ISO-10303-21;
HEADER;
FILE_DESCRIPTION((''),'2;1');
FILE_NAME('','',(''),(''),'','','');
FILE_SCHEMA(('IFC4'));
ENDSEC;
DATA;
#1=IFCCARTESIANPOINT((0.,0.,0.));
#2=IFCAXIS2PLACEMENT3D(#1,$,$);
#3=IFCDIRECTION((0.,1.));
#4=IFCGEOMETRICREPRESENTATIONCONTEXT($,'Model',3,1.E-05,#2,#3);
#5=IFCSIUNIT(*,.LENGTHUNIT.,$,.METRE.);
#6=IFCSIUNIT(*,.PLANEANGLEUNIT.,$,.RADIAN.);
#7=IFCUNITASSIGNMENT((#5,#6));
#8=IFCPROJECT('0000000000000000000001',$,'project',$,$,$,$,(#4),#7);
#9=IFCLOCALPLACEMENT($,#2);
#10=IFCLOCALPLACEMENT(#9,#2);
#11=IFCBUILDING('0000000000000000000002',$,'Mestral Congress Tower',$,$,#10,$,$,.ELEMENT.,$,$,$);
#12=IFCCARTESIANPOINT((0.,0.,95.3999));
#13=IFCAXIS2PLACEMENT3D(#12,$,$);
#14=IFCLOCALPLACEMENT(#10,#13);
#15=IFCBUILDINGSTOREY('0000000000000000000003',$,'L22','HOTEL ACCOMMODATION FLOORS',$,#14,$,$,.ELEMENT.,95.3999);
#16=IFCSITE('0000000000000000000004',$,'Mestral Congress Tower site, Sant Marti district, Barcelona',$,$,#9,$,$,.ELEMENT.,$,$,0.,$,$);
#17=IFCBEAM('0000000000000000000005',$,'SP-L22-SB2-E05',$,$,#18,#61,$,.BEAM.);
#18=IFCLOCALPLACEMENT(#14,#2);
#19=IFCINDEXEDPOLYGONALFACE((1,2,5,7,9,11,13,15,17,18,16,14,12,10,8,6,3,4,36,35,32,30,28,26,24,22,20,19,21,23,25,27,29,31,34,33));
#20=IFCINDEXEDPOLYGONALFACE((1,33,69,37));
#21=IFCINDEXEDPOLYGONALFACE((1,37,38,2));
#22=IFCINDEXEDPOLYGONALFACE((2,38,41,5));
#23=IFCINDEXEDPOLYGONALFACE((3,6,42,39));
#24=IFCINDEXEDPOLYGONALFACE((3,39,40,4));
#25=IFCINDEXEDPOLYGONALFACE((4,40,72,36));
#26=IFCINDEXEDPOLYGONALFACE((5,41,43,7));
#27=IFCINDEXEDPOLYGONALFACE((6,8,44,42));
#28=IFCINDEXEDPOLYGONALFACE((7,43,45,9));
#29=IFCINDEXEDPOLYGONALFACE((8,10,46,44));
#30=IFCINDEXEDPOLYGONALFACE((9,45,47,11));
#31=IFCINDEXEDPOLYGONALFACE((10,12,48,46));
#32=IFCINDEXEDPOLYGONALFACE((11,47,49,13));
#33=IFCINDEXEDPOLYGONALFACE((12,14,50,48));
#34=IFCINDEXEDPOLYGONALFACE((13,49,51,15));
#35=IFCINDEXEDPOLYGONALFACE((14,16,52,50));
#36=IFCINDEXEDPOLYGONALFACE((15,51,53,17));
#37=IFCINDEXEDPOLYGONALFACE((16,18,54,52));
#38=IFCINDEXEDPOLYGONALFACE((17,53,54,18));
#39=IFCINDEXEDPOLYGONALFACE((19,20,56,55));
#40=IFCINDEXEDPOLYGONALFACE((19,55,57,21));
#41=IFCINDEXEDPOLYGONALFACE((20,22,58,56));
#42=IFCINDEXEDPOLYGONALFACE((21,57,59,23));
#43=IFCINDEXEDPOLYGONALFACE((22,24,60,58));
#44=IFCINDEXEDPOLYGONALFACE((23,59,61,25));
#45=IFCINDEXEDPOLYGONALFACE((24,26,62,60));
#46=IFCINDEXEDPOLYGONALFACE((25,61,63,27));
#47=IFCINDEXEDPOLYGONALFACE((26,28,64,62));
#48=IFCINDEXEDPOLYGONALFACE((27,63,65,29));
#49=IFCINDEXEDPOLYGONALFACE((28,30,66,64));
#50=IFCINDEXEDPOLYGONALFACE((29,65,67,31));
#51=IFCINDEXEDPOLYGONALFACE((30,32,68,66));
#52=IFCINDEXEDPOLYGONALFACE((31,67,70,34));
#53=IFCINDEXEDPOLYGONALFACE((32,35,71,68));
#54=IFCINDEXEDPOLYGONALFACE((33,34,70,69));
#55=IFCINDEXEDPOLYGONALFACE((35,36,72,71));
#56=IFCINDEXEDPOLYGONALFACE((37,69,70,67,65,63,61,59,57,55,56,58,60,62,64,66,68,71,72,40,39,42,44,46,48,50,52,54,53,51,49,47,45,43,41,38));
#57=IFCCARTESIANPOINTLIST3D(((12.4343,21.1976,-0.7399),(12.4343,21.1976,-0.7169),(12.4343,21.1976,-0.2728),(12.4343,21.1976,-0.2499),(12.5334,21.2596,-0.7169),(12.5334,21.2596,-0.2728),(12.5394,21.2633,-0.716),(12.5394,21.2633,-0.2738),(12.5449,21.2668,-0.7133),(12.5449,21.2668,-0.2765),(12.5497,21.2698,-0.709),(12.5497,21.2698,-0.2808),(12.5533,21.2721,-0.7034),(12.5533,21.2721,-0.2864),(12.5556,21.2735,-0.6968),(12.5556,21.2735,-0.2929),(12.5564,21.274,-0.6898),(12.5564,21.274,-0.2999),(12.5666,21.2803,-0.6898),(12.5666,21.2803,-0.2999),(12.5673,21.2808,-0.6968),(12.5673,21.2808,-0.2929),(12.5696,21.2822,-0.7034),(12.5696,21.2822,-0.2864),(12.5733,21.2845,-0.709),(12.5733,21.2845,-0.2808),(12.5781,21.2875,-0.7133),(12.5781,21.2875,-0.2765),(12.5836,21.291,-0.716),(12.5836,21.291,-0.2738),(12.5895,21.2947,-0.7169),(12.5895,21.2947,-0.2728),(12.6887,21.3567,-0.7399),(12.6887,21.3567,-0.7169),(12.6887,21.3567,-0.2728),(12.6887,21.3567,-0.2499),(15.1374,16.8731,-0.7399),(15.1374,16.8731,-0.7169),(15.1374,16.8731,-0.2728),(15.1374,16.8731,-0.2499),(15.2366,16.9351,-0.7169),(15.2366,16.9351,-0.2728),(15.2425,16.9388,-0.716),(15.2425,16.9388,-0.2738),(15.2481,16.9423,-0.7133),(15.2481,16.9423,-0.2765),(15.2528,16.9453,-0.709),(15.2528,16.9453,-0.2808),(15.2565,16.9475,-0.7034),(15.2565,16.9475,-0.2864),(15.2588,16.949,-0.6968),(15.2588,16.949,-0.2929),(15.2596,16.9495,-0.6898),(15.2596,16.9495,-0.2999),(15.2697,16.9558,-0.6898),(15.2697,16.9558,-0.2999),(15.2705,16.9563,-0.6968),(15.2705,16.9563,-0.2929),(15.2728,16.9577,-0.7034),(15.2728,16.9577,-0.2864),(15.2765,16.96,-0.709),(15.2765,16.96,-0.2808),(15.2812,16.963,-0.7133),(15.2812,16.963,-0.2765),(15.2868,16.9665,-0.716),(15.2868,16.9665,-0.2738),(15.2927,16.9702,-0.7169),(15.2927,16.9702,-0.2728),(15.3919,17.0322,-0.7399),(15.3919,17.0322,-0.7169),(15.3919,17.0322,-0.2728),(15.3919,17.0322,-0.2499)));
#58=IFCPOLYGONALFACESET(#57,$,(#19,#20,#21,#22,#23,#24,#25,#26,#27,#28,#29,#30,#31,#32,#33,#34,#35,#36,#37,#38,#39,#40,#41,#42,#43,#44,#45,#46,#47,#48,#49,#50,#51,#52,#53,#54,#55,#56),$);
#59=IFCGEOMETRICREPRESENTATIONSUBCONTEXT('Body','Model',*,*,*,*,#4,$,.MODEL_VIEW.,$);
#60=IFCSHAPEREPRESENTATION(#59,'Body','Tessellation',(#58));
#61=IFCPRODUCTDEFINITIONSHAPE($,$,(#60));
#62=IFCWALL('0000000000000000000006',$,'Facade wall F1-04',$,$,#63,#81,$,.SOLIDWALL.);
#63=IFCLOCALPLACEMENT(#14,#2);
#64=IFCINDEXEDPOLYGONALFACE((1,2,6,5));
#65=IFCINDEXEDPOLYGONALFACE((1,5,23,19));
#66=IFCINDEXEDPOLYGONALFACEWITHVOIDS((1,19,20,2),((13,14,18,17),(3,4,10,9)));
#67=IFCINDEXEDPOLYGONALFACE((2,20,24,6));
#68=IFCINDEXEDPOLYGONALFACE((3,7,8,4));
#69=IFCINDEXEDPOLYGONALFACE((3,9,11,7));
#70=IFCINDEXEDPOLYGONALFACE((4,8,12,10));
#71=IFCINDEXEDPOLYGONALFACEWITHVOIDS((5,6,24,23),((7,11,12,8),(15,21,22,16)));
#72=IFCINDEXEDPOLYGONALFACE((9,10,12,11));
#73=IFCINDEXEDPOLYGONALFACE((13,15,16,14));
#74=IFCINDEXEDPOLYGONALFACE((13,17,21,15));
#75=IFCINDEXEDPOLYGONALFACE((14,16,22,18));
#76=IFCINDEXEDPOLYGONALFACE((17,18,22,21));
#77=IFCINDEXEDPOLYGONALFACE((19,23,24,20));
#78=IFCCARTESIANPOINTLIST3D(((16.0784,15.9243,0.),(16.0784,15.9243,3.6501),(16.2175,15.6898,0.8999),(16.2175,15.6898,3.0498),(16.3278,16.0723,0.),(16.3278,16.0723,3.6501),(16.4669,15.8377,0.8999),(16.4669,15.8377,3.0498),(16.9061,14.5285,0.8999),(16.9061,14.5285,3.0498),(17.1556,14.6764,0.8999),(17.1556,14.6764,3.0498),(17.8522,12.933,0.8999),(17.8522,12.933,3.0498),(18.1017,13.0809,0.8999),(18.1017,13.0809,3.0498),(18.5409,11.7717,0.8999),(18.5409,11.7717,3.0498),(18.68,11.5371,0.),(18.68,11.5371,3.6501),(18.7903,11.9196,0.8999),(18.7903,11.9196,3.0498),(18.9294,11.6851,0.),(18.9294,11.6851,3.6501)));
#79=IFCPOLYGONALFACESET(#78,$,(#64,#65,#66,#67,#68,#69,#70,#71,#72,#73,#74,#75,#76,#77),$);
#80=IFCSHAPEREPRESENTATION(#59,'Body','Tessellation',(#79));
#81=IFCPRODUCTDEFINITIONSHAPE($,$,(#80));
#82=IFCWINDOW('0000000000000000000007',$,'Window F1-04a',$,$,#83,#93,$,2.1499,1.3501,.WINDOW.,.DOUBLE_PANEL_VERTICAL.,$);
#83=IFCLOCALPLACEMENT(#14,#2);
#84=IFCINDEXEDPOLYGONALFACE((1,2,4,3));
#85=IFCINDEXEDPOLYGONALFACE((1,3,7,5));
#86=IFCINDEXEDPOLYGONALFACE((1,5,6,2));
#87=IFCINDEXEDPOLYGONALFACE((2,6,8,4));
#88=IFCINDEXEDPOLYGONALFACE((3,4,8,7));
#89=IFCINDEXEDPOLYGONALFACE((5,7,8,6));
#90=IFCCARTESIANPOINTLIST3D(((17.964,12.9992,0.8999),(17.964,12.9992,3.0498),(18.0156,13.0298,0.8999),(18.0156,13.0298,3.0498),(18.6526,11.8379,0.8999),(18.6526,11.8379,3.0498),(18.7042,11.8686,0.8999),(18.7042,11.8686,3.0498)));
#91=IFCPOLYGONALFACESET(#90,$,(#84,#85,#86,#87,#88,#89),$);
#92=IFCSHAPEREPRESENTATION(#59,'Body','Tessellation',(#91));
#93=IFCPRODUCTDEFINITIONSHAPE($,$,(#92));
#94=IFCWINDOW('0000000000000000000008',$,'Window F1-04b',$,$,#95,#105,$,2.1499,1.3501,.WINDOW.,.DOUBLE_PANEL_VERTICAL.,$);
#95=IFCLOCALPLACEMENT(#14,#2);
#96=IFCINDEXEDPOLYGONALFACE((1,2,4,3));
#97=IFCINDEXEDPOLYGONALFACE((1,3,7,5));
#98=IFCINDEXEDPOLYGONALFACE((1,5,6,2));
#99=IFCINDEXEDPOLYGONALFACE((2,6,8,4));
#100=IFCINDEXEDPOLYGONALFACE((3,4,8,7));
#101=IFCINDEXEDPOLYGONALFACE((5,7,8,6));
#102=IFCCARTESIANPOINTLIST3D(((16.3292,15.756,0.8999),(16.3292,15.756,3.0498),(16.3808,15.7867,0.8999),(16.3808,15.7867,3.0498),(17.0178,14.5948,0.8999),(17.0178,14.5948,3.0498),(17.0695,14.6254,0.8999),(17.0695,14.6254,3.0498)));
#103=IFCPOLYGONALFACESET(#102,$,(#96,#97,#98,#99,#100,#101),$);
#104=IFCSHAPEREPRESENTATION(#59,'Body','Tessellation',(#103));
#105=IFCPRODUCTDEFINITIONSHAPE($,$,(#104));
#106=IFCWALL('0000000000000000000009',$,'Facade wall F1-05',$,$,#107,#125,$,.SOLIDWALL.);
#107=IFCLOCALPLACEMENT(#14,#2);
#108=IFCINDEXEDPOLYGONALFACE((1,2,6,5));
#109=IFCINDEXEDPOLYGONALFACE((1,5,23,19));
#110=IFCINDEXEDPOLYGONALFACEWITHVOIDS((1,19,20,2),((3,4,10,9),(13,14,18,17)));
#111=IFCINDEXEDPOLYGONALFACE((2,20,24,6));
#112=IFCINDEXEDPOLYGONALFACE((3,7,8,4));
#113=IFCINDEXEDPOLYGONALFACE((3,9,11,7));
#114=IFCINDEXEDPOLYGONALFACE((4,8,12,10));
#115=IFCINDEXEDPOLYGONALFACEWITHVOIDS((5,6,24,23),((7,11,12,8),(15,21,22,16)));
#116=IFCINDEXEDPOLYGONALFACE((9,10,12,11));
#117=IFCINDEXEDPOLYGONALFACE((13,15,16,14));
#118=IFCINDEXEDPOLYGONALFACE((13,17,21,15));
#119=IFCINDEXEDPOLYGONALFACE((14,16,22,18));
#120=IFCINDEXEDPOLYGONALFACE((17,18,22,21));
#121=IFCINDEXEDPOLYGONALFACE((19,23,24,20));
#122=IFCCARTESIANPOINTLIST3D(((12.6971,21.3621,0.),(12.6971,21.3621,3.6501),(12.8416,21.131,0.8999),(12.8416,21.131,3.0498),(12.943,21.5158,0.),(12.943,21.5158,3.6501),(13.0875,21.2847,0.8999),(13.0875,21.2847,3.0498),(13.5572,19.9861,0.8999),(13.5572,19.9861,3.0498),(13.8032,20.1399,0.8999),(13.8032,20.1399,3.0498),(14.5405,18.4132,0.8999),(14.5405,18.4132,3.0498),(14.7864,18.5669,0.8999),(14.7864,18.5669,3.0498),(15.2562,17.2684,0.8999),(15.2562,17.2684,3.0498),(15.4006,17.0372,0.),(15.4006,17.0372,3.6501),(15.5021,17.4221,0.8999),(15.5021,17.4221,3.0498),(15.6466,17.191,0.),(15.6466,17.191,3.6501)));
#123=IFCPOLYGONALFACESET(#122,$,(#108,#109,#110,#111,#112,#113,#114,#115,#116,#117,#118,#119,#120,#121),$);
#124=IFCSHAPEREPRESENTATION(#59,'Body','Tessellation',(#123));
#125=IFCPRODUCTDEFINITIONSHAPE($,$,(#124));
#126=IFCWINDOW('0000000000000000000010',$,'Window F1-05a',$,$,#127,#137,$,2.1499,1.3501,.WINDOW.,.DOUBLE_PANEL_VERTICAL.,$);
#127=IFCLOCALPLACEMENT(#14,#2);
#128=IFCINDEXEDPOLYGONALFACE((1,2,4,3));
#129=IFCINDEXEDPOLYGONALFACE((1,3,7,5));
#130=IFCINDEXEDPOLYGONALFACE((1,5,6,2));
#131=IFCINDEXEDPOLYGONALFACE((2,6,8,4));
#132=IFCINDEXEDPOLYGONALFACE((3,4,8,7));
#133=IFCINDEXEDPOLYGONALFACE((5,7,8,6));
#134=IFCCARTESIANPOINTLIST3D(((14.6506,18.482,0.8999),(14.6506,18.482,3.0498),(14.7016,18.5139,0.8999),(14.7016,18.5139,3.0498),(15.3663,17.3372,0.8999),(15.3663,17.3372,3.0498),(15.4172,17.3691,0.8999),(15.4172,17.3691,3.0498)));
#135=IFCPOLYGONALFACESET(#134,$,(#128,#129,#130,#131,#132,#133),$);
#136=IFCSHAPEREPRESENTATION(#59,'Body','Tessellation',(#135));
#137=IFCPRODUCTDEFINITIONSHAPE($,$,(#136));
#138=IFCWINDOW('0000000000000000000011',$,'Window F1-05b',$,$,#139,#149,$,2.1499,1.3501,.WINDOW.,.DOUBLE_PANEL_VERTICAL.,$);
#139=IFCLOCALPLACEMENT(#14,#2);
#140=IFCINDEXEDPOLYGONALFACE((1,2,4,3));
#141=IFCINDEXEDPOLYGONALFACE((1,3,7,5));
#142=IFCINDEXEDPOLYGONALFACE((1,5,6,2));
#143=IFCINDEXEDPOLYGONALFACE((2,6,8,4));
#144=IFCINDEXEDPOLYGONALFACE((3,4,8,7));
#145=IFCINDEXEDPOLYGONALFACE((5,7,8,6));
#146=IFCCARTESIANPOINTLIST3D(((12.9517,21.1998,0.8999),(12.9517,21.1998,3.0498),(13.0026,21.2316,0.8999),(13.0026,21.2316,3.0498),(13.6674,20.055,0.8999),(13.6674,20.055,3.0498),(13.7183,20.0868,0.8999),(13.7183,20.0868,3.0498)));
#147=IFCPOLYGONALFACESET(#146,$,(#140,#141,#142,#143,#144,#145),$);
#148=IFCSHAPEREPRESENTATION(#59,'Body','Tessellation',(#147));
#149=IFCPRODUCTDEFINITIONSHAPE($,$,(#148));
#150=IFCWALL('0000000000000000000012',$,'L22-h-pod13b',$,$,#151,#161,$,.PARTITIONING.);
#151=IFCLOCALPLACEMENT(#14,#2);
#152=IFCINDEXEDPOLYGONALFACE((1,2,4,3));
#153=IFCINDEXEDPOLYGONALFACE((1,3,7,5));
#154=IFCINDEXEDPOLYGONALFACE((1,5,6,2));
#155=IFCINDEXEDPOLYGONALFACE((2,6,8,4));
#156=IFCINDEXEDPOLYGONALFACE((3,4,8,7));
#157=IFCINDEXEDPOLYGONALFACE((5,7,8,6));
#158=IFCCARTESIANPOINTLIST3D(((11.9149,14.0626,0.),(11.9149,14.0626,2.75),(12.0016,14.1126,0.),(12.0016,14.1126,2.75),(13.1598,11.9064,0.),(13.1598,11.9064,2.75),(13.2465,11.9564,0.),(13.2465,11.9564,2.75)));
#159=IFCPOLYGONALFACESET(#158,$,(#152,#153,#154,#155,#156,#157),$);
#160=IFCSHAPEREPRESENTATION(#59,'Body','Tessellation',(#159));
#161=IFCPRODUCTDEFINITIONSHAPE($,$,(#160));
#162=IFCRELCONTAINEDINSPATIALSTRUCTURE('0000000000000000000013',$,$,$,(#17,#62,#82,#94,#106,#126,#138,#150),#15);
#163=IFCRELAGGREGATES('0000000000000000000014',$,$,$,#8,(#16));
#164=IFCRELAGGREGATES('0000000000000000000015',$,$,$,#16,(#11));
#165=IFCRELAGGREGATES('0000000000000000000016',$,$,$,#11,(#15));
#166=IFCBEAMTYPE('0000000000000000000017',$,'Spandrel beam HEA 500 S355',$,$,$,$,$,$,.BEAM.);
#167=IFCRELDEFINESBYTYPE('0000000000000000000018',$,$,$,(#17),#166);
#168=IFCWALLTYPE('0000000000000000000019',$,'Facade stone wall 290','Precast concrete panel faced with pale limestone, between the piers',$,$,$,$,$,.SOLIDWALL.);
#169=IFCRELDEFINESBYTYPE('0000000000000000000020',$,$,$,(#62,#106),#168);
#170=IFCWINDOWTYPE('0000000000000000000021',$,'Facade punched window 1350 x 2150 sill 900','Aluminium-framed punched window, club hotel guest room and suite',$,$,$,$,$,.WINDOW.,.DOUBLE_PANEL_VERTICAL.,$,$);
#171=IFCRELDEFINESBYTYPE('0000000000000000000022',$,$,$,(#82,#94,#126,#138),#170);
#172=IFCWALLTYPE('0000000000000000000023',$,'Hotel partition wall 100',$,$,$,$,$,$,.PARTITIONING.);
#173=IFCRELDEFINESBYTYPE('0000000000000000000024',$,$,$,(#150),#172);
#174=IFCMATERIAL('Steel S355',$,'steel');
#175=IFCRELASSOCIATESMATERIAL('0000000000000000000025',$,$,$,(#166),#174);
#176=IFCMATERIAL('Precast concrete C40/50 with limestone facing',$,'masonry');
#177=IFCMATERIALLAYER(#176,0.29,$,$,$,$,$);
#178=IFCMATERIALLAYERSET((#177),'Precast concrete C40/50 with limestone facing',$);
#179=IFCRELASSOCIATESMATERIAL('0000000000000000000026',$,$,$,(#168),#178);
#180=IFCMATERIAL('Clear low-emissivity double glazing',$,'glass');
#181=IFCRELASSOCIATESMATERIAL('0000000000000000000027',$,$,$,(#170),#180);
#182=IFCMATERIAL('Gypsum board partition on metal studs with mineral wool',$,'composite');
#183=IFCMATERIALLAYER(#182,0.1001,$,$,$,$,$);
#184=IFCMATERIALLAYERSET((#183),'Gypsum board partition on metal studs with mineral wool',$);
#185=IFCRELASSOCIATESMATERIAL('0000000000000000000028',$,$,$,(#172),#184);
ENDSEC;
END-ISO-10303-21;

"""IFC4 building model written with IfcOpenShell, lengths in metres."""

from ifc_helpers import new_model, si_unit, direction, frame, frame_2d, origin, origin_2d, place, context, subcontext, project, spatial, rectangle, i_section, extrude, material, layer, layer_set, material_profile, profile_set, type_object, element, fill, save


model = new_model("IFC4")

# Units and contexts
model_context = context("Model", 3, precision=1e-05, world=origin(), true_north=direction((0.0, 1.0)))
body_context = subcontext(model_context, "Body", "Model", "MODEL_VIEW")
ifc_project = project(units=[si_unit("LENGTHUNIT", "METRE"), si_unit("PLANEANGLEUNIT", "RADIAN")], contexts=[model_context])

# Site, building, storey
site_placement = place(None, origin())
site = spatial("IfcSite", under=ifc_project, at=site_placement, Name="Mestral Congress Tower site, Sant Marti district, Barcelona", CompositionType="ELEMENT", RefElevation=0.0)
building_placement = place(site_placement, origin())
building = spatial("IfcBuilding", under=site, at=building_placement, Name="Mestral Congress Tower", CompositionType="ELEMENT")
storey_placement = place(building_placement, frame((0.0, 0.0, 95.3999)))
storey = spatial("IfcBuildingStorey", under=building, at=storey_placement, Name="L22", Description="HOTEL ACCOMMODATION FLOORS", CompositionType="ELEMENT", Elevation=95.3999)

# Beam
ifc_material_1 = material(Name="Steel S355", Category="steel")
ifc_material_profile_1 = material_profile(ifc_material_1, i_section(OverallWidth=0.3, OverallDepth=0.49, WebThickness=0.012, FlangeThickness=0.0229, FilletRadius=0.0271, at=origin_2d()), Name="HEA 500")
ifc_profile_set_1 = profile_set([ifc_material_profile_1], Name="Steel S355")
beam_type_1 = type_object("IfcBeamType", Name="Spandrel beam HEA 500 S355", PredefinedType="BEAM", material=ifc_profile_set_1)
for number, where, z_axis, x_axis, name in (
    (1, (15.2646, 16.9526, -0.4949), (-0.530046, 0.847969, 0.0), (-0.847969, -0.530046, 0.0), "SP-L22-SB2-E05"),
):
    element("IfcBeam", number, at=place(storey_placement, frame(where, z_axis=z_axis, x_axis=x_axis)), inside=storey, type_object=beam_type_1, Name=name, PredefinedType="BEAM", context=body_context, shape_type="SweptSolid", body=[
        extrude(i_section(OverallWidth=0.3, OverallDepth=0.49, WebThickness=0.012, FlangeThickness=0.0229, FilletRadius=0.0271, at=origin_2d()), origin(), (0.0, 0.0, 1.0), 5.0999),
    ])

# Walls, openings, windows
ifc_material_2 = material(Name="Precast concrete C40/50 with limestone facing", Category="masonry")
ifc_layer_1 = layer(ifc_material_2, 0.29)
ifc_layer_set_1 = layer_set([ifc_layer_1], Name="Precast concrete C40/50 with limestone facing")
wall_type_1 = type_object("IfcWallType", Name="Facade stone wall 290", Description="Precast concrete panel faced with pale limestone, between the piers", PredefinedType="SOLIDWALL", material=ifc_layer_set_1)
wall_1_placement = place(storey_placement, frame((18.8047, 11.6111, 0.0), z_axis=(0.0, 0.0, 1.0), x_axis=(-0.510054, 0.860142, 0.0)))
wall_1 = element("IfcWall", 2, at=wall_1_placement, inside=storey, type_object=wall_type_1, Name="Facade wall F1-04", PredefinedType="SOLIDWALL", context=body_context, shape_type="SweptSolid", body=[
    extrude(rectangle(XDim=5.1006, YDim=0.29, at=frame_2d((2.5503, 0.0))), origin(), (0.0, 0.0, 1.0), 3.6501),
])
opening_1_placement = place(wall_1_placement, frame((0.2727, 0.0, 0.8999)))
opening_1 = element("IfcOpeningElement", 3, at=opening_1_placement, cuts=wall_1, PredefinedType="OPENING", context=body_context, shape_type="SweptSolid", body=[
    extrude(rectangle(XDim=1.3501, YDim=2.1499, at=frame_2d((0.675, 1.075))), frame((0.0, 0.155, 0.0), z_axis=(0.0, -1.0, 0.0), x_axis=(1.0, 0.0, 0.0)), (0.0, 0.0, 1.0), 0.3101),
])
opening_2_placement = place(wall_1_placement, frame((3.4778, 0.0, 0.8999)))
opening_2 = element("IfcOpeningElement", 4, at=opening_2_placement, cuts=wall_1, PredefinedType="OPENING", context=body_context, shape_type="SweptSolid", body=[
    extrude(rectangle(XDim=1.3501, YDim=2.1499, at=frame_2d((0.675, 1.075))), frame((0.0, 0.155, 0.0), z_axis=(0.0, -1.0, 0.0), x_axis=(1.0, 0.0, 0.0)), (0.0, 0.0, 1.0), 0.3101),
])
ifc_material_3 = material(Name="Clear low-emissivity double glazing", Category="glass")
window_type = type_object("IfcWindowType", Name="Facade punched window 1350 x 2150 sill 900", Description="Aluminium-framed punched window, club hotel guest room and suite", PartitioningType="DOUBLE_PANEL_VERTICAL", PredefinedType="WINDOW", material=ifc_material_3)
window_1_placement = place(opening_1_placement, origin())
window_1 = element("IfcWindow", 5, at=window_1_placement, inside=storey, type_object=window_type, Name="Window F1-04a", OverallHeight=2.1499, OverallWidth=1.3501, PartitioningType="DOUBLE_PANEL_VERTICAL", PredefinedType="WINDOW", context=body_context, shape_type="SweptSolid", body=[
    extrude(rectangle(XDim=1.3501, YDim=2.1499, at=frame_2d((0.675, 1.075))), frame((0.0, 0.0151, 0.0), z_axis=(0.0, -1.0, 0.0), x_axis=(1.0, 0.0, 0.0)), (0.0, 0.0, 1.0), 0.0601),
])
fill(opening_1, window_1)
window_2_placement = place(opening_2_placement, origin())
window_2 = element("IfcWindow", 6, at=window_2_placement, inside=storey, type_object=window_type, Name="Window F1-04b", OverallHeight=2.1499, OverallWidth=1.3501, PartitioningType="DOUBLE_PANEL_VERTICAL", PredefinedType="WINDOW", context=body_context, shape_type="SweptSolid", body=[
    extrude(rectangle(XDim=1.3501, YDim=2.1499, at=frame_2d((0.675, 1.075))), frame((0.0, 0.0151, 0.0), z_axis=(0.0, -1.0, 0.0), x_axis=(1.0, 0.0, 0.0)), (0.0, 0.0, 1.0), 0.0601),
])
fill(opening_2, window_2)
wall_2_placement = place(storey_placement, frame((15.5237, 17.114, 0.0), z_axis=(0.0, 0.0, 1.0), x_axis=(-0.530072, 0.847953, 0.0)))
wall_2 = element("IfcWall", 7, at=wall_2_placement, inside=storey, type_object=wall_type_1, Name="Facade wall F1-05", PredefinedType="SOLIDWALL", context=body_context, shape_type="SweptSolid", body=[
    extrude(rectangle(XDim=5.1003, YDim=0.29, at=frame_2d((2.5503, 0.0))), origin(), (0.0, 0.0, 1.0), 3.6501),
])
opening_3_placement = place(wall_2_placement, frame((0.2727, 0.0, 0.8999)))
opening_3 = element("IfcOpeningElement", 8, at=opening_3_placement, cuts=wall_2, PredefinedType="OPENING", context=body_context, shape_type="SweptSolid", body=[
    extrude(rectangle(XDim=1.3501, YDim=2.1499, at=frame_2d((0.675, 1.075))), frame((0.0, 0.155, 0.0), z_axis=(0.0, -1.0, 0.0), x_axis=(1.0, 0.0, 0.0)), (0.0, 0.0, 1.0), 0.3101),
])
opening_4_placement = place(wall_2_placement, frame((3.4778, 0.0, 0.8999)))
opening_4 = element("IfcOpeningElement", 9, at=opening_4_placement, cuts=wall_2, PredefinedType="OPENING", context=body_context, shape_type="SweptSolid", body=[
    extrude(rectangle(XDim=1.3501, YDim=2.1499, at=frame_2d((0.675, 1.075))), frame((0.0, 0.155, 0.0), z_axis=(0.0, -1.0, 0.0), x_axis=(1.0, 0.0, 0.0)), (0.0, 0.0, 1.0), 0.3101),
])
window_3_placement = place(opening_3_placement, origin())
window_3 = element("IfcWindow", 10, at=window_3_placement, inside=storey, type_object=window_type, Name="Window F1-05a", OverallHeight=2.1499, OverallWidth=1.3501, PartitioningType="DOUBLE_PANEL_VERTICAL", PredefinedType="WINDOW", context=body_context, shape_type="SweptSolid", body=[
    extrude(rectangle(XDim=1.3501, YDim=2.1499, at=frame_2d((0.675, 1.075))), frame((0.0, 0.0151, 0.0), z_axis=(0.0, -1.0, 0.0), x_axis=(1.0, 0.0, 0.0)), (0.0, 0.0, 1.0), 0.0601),
])
fill(opening_3, window_3)
window_4_placement = place(opening_4_placement, origin())
window_4 = element("IfcWindow", 11, at=window_4_placement, inside=storey, type_object=window_type, Name="Window F1-05b", OverallHeight=2.1499, OverallWidth=1.3501, PartitioningType="DOUBLE_PANEL_VERTICAL", PredefinedType="WINDOW", context=body_context, shape_type="SweptSolid", body=[
    extrude(rectangle(XDim=1.3501, YDim=2.1499, at=frame_2d((0.675, 1.075))), frame((0.0, 0.0151, 0.0), z_axis=(0.0, -1.0, 0.0), x_axis=(1.0, 0.0, 0.0)), (0.0, 0.0, 1.0), 0.0601),
])
fill(opening_4, window_4)

# Wall
ifc_material_4 = material(Name="Gypsum board partition on metal studs with mineral wool", Category="composite")
ifc_layer_2 = layer(ifc_material_4, 0.1001)
ifc_layer_set_2 = layer_set([ifc_layer_2], Name="Gypsum board partition on metal studs with mineral wool")
wall_type_2 = type_object("IfcWallType", Name="Hotel partition wall 100", PredefinedType="PARTITIONING", material=ifc_layer_set_2)
wall_3_placement = place(storey_placement, frame((13.2031, 11.9314, 0.0), z_axis=(0.0, 0.0, 1.0), x_axis=(-0.499988, 0.866032, 0.0)))
element("IfcWall", 12, at=wall_3_placement, inside=storey, type_object=wall_type_2, Name="L22-h-pod13b", PredefinedType="PARTITIONING", context=body_context, shape_type="SweptSolid", body=[
    extrude(rectangle(XDim=2.4897, YDim=0.1001, at=frame_2d((1.2449, 0.0))), origin(), (0.0, 0.0, 1.0), 2.75),
])

save(model, "model.ifc")
